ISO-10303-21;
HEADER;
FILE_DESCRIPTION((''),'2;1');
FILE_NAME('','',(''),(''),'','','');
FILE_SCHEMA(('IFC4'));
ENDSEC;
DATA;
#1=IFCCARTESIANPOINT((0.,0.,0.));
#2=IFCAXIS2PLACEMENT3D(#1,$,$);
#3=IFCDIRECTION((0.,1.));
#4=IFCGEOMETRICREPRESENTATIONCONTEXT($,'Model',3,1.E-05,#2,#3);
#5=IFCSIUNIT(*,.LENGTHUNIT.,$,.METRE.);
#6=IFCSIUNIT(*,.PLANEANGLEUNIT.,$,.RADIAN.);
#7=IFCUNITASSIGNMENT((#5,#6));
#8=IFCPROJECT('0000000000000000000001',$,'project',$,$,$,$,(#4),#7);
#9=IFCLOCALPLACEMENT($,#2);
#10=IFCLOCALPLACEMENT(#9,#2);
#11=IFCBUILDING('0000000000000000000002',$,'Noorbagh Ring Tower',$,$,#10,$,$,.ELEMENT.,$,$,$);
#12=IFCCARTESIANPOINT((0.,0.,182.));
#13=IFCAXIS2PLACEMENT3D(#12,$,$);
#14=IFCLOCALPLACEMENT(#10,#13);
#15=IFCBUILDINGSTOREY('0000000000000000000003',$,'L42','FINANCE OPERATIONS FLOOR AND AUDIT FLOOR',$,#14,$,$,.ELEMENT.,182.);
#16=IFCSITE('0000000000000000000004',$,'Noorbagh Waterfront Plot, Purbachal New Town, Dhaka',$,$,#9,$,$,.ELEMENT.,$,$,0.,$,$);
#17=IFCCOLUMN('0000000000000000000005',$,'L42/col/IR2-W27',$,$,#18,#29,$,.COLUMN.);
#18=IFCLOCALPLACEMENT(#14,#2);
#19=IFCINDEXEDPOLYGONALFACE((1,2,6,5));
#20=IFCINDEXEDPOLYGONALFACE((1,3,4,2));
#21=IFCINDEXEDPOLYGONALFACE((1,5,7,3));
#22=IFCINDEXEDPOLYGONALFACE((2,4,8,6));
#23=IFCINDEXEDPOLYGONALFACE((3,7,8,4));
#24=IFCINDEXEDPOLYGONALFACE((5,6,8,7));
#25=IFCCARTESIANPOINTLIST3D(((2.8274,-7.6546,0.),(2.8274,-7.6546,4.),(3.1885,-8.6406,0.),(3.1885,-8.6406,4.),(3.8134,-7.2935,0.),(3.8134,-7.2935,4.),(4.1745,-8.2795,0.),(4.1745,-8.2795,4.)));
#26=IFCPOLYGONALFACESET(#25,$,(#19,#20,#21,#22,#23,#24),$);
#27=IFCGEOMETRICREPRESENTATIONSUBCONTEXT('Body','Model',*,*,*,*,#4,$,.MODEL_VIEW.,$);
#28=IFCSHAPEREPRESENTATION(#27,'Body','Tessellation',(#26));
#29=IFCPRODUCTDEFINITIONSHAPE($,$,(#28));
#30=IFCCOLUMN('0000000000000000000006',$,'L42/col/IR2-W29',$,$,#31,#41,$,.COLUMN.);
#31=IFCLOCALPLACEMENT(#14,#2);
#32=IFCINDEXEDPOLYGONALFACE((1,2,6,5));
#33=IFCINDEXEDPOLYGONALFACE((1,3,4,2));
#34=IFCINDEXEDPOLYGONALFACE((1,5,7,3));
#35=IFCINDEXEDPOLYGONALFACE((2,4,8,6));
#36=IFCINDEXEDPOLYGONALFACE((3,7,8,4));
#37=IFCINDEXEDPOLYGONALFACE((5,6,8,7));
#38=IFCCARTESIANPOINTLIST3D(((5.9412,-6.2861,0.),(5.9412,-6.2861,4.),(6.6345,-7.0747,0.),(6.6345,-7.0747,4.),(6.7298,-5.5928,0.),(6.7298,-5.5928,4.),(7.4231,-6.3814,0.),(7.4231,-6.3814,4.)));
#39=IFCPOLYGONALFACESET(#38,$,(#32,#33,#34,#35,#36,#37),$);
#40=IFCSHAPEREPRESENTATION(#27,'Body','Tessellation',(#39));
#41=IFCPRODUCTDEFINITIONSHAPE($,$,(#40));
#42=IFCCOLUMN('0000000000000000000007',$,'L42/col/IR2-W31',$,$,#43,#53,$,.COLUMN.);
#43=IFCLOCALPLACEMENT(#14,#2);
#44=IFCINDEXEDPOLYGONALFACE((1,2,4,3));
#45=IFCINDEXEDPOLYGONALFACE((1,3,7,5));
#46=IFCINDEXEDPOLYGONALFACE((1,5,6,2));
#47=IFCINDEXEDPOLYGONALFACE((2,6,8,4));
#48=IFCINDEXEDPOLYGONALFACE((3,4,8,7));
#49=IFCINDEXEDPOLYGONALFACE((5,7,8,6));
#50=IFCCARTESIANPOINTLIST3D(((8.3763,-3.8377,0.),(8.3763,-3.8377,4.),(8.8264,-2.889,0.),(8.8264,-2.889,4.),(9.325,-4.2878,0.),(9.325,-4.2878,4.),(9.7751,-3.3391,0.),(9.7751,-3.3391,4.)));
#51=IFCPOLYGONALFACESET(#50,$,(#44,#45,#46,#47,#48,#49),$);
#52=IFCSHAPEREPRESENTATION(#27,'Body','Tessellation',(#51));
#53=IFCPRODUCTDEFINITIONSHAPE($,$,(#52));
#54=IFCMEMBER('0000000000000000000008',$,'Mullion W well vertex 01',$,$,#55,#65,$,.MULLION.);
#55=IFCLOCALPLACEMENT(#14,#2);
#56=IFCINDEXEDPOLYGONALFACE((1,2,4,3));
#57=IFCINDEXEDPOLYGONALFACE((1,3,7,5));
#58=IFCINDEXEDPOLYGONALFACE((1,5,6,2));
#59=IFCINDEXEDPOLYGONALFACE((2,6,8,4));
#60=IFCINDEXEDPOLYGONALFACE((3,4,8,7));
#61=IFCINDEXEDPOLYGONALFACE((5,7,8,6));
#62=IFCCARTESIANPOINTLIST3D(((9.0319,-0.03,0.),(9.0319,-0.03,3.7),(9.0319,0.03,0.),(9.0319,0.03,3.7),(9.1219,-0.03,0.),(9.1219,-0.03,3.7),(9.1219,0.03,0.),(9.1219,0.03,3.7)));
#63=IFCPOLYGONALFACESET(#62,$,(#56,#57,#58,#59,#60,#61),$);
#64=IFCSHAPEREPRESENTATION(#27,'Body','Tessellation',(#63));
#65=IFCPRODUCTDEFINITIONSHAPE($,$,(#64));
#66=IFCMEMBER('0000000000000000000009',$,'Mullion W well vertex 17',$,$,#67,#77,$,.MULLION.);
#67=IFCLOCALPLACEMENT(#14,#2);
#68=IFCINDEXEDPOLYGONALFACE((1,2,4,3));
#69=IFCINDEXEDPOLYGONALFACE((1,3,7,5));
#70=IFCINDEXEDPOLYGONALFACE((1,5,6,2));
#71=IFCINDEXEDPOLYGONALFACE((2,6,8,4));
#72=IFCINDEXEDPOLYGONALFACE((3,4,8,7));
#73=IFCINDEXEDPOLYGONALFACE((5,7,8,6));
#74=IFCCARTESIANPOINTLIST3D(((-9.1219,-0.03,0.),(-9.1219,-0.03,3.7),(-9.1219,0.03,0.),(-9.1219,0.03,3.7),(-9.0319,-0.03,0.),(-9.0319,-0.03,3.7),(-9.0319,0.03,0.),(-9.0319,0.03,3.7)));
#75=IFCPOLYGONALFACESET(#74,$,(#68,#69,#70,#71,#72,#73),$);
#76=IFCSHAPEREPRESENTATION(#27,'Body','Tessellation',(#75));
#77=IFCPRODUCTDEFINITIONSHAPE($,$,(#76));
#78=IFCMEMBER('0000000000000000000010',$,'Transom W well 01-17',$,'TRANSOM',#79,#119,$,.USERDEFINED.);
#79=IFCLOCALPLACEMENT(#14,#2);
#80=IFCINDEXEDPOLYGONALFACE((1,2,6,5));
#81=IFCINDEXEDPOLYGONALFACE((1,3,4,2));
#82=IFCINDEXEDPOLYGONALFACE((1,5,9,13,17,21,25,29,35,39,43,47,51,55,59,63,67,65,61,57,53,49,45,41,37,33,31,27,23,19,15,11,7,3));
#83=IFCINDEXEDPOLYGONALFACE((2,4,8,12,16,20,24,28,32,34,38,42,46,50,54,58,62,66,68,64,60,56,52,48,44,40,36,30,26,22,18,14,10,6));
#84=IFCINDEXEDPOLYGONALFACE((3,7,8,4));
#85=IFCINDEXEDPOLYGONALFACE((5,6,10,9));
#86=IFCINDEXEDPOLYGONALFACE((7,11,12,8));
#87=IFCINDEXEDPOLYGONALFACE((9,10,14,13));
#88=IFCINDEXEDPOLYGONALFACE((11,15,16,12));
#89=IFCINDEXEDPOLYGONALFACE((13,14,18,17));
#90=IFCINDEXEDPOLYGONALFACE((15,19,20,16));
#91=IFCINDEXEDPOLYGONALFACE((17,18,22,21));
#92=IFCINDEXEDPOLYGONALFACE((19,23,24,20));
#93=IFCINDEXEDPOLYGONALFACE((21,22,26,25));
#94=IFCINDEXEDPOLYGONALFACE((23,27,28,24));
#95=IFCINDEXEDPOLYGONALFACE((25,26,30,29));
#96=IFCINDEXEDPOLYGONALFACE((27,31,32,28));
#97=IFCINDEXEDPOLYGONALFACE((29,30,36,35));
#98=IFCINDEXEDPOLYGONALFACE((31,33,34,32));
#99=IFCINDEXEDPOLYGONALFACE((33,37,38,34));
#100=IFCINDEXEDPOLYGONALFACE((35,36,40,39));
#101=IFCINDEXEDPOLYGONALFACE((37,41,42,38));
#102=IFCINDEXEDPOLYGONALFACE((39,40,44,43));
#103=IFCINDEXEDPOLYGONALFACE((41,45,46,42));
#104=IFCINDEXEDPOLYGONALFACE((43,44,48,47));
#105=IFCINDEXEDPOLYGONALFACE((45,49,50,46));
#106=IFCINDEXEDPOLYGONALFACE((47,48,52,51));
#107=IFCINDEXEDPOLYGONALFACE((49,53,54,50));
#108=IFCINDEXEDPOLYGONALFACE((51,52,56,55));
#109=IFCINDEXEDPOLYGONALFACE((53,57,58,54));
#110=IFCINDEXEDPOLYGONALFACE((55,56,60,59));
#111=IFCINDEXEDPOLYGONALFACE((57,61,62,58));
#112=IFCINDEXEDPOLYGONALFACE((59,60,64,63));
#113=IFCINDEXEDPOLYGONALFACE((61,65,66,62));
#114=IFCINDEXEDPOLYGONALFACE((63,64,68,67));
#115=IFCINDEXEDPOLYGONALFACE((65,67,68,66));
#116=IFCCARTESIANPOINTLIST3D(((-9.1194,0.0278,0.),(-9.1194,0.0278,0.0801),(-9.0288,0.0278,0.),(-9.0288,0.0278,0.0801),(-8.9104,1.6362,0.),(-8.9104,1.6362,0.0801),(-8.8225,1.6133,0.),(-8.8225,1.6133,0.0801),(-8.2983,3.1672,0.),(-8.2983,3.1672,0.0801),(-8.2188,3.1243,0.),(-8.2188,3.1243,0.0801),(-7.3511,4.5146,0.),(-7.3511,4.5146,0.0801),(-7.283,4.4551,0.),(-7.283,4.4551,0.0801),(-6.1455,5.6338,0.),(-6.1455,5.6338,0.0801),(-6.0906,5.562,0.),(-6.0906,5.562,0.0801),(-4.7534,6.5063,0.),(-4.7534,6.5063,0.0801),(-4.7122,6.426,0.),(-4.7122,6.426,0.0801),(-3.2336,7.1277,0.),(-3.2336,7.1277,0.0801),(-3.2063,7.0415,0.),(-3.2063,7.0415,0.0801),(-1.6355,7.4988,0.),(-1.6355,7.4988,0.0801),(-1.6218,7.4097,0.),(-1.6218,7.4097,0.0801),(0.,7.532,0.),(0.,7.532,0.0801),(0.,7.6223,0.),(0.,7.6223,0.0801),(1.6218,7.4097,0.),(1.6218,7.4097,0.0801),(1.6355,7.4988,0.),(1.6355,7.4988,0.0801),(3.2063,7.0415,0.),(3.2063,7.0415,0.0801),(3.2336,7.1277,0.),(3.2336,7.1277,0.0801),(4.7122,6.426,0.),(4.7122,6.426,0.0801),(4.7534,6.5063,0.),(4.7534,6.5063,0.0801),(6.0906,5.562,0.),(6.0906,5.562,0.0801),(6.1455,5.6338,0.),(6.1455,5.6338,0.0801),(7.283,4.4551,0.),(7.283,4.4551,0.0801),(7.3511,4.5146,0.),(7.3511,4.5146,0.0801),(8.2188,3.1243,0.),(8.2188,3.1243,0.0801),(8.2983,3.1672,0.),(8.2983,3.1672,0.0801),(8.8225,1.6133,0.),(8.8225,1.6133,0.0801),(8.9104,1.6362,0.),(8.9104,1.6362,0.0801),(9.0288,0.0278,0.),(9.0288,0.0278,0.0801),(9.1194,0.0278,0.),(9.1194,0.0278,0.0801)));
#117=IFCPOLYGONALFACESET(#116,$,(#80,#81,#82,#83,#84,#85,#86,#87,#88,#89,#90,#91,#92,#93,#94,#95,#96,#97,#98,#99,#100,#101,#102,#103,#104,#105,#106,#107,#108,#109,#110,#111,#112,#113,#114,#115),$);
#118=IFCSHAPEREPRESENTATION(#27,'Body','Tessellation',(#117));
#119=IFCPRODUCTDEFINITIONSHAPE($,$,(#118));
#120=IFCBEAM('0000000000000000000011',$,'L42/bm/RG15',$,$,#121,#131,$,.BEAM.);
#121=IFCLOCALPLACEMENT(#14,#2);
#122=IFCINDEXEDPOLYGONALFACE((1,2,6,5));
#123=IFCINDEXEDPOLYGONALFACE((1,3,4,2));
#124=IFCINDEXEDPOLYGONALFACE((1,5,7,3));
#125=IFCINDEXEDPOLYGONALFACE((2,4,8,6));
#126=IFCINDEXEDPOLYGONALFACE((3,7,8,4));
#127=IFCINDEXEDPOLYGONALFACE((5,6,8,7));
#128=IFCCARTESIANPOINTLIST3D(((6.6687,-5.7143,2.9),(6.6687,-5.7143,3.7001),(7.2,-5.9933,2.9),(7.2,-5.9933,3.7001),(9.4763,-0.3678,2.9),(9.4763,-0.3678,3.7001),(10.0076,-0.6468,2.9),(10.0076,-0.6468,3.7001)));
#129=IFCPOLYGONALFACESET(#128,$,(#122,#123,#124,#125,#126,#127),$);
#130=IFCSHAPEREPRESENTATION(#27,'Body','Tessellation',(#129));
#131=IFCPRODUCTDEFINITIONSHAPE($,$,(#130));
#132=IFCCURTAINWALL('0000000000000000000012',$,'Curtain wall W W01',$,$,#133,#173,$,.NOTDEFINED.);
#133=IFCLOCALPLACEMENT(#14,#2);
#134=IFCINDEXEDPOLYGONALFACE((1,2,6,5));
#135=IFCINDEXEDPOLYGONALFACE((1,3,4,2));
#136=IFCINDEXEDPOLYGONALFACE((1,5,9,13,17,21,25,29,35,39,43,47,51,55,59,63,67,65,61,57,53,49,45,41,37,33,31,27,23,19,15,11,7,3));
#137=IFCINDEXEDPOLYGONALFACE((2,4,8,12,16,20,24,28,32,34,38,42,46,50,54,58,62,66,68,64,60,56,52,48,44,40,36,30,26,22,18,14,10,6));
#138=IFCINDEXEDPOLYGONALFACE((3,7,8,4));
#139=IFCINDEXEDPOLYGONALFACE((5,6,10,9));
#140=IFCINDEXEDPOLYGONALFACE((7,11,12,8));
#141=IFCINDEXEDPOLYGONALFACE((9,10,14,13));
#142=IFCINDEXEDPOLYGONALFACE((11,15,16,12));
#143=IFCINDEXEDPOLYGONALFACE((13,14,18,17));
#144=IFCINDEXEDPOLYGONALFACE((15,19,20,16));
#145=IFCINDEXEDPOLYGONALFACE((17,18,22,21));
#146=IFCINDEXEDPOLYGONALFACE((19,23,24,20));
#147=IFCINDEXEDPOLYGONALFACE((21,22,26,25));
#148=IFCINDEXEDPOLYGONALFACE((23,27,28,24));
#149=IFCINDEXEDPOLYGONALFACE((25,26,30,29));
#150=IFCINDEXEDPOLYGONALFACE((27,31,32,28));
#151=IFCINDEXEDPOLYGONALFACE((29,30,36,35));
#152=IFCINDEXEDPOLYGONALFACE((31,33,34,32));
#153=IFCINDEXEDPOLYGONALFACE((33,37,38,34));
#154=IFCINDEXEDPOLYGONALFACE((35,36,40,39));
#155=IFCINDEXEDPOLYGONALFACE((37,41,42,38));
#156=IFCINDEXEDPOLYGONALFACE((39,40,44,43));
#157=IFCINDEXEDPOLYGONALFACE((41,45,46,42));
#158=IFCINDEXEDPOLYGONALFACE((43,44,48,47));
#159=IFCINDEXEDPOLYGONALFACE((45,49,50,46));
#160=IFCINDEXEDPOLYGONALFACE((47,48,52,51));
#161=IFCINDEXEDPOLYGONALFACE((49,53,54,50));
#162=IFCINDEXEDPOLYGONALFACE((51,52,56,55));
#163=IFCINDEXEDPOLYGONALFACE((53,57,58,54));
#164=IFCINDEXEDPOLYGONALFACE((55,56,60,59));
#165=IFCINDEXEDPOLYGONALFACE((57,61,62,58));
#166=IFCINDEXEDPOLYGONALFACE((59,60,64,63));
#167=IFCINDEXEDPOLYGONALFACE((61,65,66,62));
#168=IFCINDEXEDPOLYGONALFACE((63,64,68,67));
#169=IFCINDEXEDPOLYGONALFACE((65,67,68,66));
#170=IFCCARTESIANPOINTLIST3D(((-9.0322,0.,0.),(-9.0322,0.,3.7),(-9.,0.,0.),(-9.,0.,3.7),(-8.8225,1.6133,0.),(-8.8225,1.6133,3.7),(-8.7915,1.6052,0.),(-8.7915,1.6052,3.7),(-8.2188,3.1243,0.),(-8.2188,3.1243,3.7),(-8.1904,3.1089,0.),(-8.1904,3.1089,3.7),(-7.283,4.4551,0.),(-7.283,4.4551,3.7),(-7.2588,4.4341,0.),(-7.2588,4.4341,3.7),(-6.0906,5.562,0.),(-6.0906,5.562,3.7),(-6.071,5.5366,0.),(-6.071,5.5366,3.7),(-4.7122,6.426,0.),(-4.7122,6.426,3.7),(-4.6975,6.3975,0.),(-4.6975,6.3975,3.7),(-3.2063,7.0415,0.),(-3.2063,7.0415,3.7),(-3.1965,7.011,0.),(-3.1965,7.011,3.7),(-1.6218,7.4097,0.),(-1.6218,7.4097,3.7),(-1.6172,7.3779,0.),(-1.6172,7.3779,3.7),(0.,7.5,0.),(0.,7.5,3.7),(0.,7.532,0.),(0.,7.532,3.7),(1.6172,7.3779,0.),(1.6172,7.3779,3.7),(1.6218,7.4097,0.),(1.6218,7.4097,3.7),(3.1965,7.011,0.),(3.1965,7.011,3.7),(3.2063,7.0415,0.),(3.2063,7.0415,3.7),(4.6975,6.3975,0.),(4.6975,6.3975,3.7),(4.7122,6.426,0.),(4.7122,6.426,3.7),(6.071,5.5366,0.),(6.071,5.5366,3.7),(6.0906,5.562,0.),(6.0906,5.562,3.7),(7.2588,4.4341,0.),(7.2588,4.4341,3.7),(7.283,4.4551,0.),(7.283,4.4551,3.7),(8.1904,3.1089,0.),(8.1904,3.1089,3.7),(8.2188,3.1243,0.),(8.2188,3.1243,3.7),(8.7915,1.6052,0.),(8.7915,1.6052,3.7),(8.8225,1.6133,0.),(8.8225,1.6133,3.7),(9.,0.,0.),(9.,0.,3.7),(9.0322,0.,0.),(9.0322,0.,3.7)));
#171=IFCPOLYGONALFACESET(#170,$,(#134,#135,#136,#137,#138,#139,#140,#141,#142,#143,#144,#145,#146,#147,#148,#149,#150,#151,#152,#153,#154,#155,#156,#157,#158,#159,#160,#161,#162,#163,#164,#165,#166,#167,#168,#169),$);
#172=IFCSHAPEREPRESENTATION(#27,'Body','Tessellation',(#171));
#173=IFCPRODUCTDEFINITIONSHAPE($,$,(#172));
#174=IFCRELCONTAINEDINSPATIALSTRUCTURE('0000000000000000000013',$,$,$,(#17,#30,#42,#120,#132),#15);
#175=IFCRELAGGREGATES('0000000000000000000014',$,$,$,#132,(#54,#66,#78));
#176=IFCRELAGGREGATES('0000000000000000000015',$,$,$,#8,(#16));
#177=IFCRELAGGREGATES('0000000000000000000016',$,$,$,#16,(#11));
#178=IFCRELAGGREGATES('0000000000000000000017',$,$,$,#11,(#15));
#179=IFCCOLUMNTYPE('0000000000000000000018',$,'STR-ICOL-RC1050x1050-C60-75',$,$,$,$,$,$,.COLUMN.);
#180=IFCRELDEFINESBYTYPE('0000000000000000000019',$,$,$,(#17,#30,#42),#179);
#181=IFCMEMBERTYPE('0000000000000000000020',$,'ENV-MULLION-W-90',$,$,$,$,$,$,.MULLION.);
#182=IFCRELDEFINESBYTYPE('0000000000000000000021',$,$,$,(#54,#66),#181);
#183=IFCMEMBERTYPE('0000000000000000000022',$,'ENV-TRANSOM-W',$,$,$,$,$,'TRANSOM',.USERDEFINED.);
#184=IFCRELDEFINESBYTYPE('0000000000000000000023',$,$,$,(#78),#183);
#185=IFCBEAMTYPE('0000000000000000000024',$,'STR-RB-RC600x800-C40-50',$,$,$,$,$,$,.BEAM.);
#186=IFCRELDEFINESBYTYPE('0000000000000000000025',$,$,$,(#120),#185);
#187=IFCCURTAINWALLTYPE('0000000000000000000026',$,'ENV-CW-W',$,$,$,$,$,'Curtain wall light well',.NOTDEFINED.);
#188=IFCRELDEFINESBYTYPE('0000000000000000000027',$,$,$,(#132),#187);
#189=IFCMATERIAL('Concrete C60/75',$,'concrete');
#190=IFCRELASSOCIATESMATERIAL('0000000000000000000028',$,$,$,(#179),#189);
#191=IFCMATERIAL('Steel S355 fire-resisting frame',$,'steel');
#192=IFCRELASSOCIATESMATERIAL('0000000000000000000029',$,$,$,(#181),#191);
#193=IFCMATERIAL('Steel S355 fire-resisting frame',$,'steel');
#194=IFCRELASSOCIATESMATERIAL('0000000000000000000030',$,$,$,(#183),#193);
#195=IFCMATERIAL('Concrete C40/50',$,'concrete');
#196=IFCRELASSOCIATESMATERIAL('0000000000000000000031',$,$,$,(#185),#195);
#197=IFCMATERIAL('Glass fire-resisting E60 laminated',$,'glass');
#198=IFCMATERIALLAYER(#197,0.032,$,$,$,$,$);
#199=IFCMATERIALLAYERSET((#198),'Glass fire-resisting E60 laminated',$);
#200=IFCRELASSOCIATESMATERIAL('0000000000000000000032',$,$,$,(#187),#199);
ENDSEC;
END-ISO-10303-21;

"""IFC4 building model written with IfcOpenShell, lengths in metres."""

from ifc_helpers import new_model, si_unit, direction, frame, origin, origin_2d, place, context, subcontext, project, spatial, polyline, rectangle, outline, extrude, material, layer, layer_set, material_profile, profile_set, type_object, element, aggregate, save


model = new_model("IFC4")

# Units and contexts
model_context = context("Model", 3, precision=1e-05, world=origin(), true_north=direction((0.0, 1.0)))
body_context = subcontext(model_context, "Body", "Model", "MODEL_VIEW")
ifc_project = project(units=[si_unit("LENGTHUNIT", "METRE"), si_unit("PLANEANGLEUNIT", "RADIAN")], contexts=[model_context])

# Site, building, storey
site_placement = place(None, origin())
site = spatial("IfcSite", under=ifc_project, at=site_placement, Name="Noorbagh Waterfront Plot, Purbachal New Town, Dhaka", CompositionType="ELEMENT", RefElevation=0.0)
building_placement = place(site_placement, origin())
building = spatial("IfcBuilding", under=site, at=building_placement, Name="Noorbagh Ring Tower", CompositionType="ELEMENT")
storey_placement = place(building_placement, frame((0.0, 0.0, 182.0)))
storey = spatial("IfcBuildingStorey", under=building, at=storey_placement, Name="L42", Description="FINANCE OPERATIONS FLOOR AND AUDIT FLOOR", CompositionType="ELEMENT", Elevation=182.0)

# Columns
ifc_material_1 = material(Name="Concrete C60/75", Category="concrete")
ifc_material_profile_1 = material_profile(ifc_material_1, rectangle(XDim=1.05, YDim=1.05, at=origin_2d()), Name="RC1050x1050")
ifc_profile_set_1 = profile_set([ifc_material_profile_1], Name="Concrete C60/75")
column_type = type_object("IfcColumnType", Name="STR-ICOL-RC1050x1050-C60-75", PredefinedType="COLUMN", material=ifc_profile_set_1)
for number, where, z_axis, x_axis, name in (
    (1, (3.501, -7.967, 0.0), (0.0, 0.0, 1.0), (0.93902, 0.343864, 0.0), "L42/col/IR2-W27"),
    (2, (6.6821, -6.3337, 0.0), (0.0, 0.0, 1.0), (0.751022, 0.660277, 0.0), "L42/col/IR2-W29"),
    (3, (9.0757, -3.5884, 0.0), (0.0, 0.0, 1.0), (0.428667, 0.903463, 0.0), "L42/col/IR2-W31"),
):
    element("IfcColumn", number, at=place(storey_placement, frame(where, z_axis=z_axis, x_axis=x_axis)), inside=storey, type_object=column_type, Name=name, PredefinedType="COLUMN", context=body_context, shape_type="SweptSolid", body=[
        extrude(rectangle(XDim=1.05, YDim=1.05, at=origin_2d()), origin(), (0.0, 0.0, 1.0), 4.0),
    ])

# Members
ifc_material_2 = material(Name="Steel S355 fire-resisting frame", Category="steel")
ifc_material_profile_2 = material_profile(ifc_material_2, rectangle(XDim=0.0901, YDim=0.0601, at=origin_2d()), Name="90x60")
ifc_profile_set_2 = profile_set([ifc_material_profile_2], Name="Steel S355 fire-resisting frame")
member_type_1 = type_object("IfcMemberType", Name="ENV-MULLION-W-90", PredefinedType="MULLION", material=ifc_profile_set_2)
member_1_placement = place(storey_placement, frame((9.0769, 0.0, 0.0), z_axis=(0.0, 0.0, 1.0), x_axis=(1.0, 0.0, 0.0)))
member_1 = element("IfcMember", 4, at=member_1_placement, type_object=member_type_1, Name="Mullion W well vertex 01", PredefinedType="MULLION", context=body_context, shape_type="SweptSolid", body=[
    extrude(rectangle(XDim=0.0901, YDim=0.0601, at=origin_2d()), origin(), (0.0, 0.0, 1.0), 3.7),
])
member_2_placement = place(storey_placement, frame((-9.0769, 0.0, 0.0), z_axis=(0.0, 0.0, 1.0), x_axis=(-1.0, 0.0, 0.0)))
member_2 = element("IfcMember", 5, at=member_2_placement, type_object=member_type_1, Name="Mullion W well vertex 17", PredefinedType="MULLION", context=body_context, shape_type="SweptSolid", body=[
    extrude(rectangle(XDim=0.0901, YDim=0.0601, at=origin_2d()), origin(), (0.0, 0.0, 1.0), 3.7),
])
ifc_material_3 = material(Name="Steel S355 fire-resisting frame", Category="steel")
member_type_2 = type_object("IfcMemberType", Name="ENV-TRANSOM-W", ElementType="TRANSOM", PredefinedType="USERDEFINED", material=ifc_material_3)
member_3_placement = place(storey_placement, origin())
member_3 = element("IfcMember", 6, at=member_3_placement, type_object=member_type_2, Name="Transom W well 01-17", ObjectType="TRANSOM", PredefinedType="USERDEFINED", context=body_context, shape_type="SweptSolid", body=[
    extrude(outline(polyline([(9.1194, 0.0278), (8.9104, 1.6362), (8.2983, 3.1672), (7.3511, 4.5146), (6.1455, 5.6338), (4.7534, 6.5063), (3.2336, 7.1277), (1.6355, 7.4988), (0.0, 7.6223), (-1.6355, 7.4988), (-3.2336, 7.1277), (-4.7534, 6.5063), (-6.1455, 5.6338), (-7.3511, 4.5146), (-8.2983, 3.1672), (-8.9104, 1.6362), (-9.1194, 0.0278), (-9.0288, 0.0278), (-8.8225, 1.6133), (-8.2188, 3.1243), (-7.283, 4.4551), (-6.0906, 5.562), (-4.7122, 6.426), (-3.2063, 7.0415), (-1.6218, 7.4097), (0.0, 7.532), (1.6218, 7.4097), (3.2063, 7.0415), (4.7122, 6.426), (6.0906, 5.562), (7.283, 4.4551), (8.2188, 3.1243), (8.8225, 1.6133), (9.0288, 0.0278), (9.1194, 0.0278)])), origin(), (0.0, 0.0, 1.0), 0.0801),
])

# Beam
ifc_material_4 = material(Name="Concrete C40/50", Category="concrete")
ifc_material_profile_3 = material_profile(ifc_material_4, rectangle(XDim=0.6001, YDim=0.8, at=origin_2d()), Name="RC600x800")
ifc_profile_set_3 = profile_set([ifc_material_profile_3], Name="Concrete C40/50")
beam_type = type_object("IfcBeamType", Name="STR-RB-RC600x800-C40-50", PredefinedType="BEAM", material=ifc_profile_set_3)
beam_placement = place(storey_placement, frame((6.9343, -5.8538, 3.3), z_axis=(0.46493, 0.885348, 0.0), x_axis=(-0.885348, 0.46493, 0.0)))
element("IfcBeam", 7, at=beam_placement, inside=storey, type_object=beam_type, Name="L42/bm/RG15", PredefinedType="BEAM", context=body_context, shape_type="SweptSolid", body=[
    extrude(rectangle(XDim=0.6001, YDim=0.8, at=origin_2d()), origin(), (0.0, 0.0, 1.0), 6.0388),
])

# Curtain wall
ifc_material_5 = material(Name="Glass fire-resisting E60 laminated", Category="glass")
ifc_layer_1 = layer(ifc_material_5, 0.032)
ifc_layer_set_1 = layer_set([ifc_layer_1], Name="Glass fire-resisting E60 laminated")
curtain_wall_type = type_object("IfcCurtainWallType", Name="ENV-CW-W", ElementType="Curtain wall light well", PredefinedType="NOTDEFINED", material=ifc_layer_set_1)
curtain_wall_placement = place(storey_placement, origin())
curtain_wall = element("IfcCurtainWall", 8, at=curtain_wall_placement, inside=storey, type_object=curtain_wall_type, Name="Curtain wall W W01", PredefinedType="NOTDEFINED", context=body_context, shape_type="SweptSolid", body=[
    extrude(outline(polyline([(9.0322, 0.0), (8.8225, 1.6133), (8.2188, 3.1243), (7.283, 4.4551), (6.0906, 5.562), (4.7122, 6.426), (3.2063, 7.0415), (1.6218, 7.4097), (0.0, 7.532), (-1.6218, 7.4097), (-3.2063, 7.0415), (-4.7122, 6.426), (-6.0906, 5.562), (-7.283, 4.4551), (-8.2188, 3.1243), (-8.8225, 1.6133), (-9.0322, 0.0), (-9.0, 0.0), (-8.7915, 1.6052), (-8.1904, 3.1089), (-7.2588, 4.4341), (-6.071, 5.5366), (-4.6975, 6.3975), (-3.1965, 7.011), (-1.6172, 7.3779), (0.0, 7.5), (1.6172, 7.3779), (3.1965, 7.011), (4.6975, 6.3975), (6.071, 5.5366), (7.2588, 4.4341), (8.1904, 3.1089), (8.7915, 1.6052), (9.0, 0.0), (9.0322, 0.0)])), origin(), (0.0, 0.0, 1.0), 3.7),
])
aggregate(curtain_wall, [member_1, member_2, member_3])

save(model, "model.ifc")
